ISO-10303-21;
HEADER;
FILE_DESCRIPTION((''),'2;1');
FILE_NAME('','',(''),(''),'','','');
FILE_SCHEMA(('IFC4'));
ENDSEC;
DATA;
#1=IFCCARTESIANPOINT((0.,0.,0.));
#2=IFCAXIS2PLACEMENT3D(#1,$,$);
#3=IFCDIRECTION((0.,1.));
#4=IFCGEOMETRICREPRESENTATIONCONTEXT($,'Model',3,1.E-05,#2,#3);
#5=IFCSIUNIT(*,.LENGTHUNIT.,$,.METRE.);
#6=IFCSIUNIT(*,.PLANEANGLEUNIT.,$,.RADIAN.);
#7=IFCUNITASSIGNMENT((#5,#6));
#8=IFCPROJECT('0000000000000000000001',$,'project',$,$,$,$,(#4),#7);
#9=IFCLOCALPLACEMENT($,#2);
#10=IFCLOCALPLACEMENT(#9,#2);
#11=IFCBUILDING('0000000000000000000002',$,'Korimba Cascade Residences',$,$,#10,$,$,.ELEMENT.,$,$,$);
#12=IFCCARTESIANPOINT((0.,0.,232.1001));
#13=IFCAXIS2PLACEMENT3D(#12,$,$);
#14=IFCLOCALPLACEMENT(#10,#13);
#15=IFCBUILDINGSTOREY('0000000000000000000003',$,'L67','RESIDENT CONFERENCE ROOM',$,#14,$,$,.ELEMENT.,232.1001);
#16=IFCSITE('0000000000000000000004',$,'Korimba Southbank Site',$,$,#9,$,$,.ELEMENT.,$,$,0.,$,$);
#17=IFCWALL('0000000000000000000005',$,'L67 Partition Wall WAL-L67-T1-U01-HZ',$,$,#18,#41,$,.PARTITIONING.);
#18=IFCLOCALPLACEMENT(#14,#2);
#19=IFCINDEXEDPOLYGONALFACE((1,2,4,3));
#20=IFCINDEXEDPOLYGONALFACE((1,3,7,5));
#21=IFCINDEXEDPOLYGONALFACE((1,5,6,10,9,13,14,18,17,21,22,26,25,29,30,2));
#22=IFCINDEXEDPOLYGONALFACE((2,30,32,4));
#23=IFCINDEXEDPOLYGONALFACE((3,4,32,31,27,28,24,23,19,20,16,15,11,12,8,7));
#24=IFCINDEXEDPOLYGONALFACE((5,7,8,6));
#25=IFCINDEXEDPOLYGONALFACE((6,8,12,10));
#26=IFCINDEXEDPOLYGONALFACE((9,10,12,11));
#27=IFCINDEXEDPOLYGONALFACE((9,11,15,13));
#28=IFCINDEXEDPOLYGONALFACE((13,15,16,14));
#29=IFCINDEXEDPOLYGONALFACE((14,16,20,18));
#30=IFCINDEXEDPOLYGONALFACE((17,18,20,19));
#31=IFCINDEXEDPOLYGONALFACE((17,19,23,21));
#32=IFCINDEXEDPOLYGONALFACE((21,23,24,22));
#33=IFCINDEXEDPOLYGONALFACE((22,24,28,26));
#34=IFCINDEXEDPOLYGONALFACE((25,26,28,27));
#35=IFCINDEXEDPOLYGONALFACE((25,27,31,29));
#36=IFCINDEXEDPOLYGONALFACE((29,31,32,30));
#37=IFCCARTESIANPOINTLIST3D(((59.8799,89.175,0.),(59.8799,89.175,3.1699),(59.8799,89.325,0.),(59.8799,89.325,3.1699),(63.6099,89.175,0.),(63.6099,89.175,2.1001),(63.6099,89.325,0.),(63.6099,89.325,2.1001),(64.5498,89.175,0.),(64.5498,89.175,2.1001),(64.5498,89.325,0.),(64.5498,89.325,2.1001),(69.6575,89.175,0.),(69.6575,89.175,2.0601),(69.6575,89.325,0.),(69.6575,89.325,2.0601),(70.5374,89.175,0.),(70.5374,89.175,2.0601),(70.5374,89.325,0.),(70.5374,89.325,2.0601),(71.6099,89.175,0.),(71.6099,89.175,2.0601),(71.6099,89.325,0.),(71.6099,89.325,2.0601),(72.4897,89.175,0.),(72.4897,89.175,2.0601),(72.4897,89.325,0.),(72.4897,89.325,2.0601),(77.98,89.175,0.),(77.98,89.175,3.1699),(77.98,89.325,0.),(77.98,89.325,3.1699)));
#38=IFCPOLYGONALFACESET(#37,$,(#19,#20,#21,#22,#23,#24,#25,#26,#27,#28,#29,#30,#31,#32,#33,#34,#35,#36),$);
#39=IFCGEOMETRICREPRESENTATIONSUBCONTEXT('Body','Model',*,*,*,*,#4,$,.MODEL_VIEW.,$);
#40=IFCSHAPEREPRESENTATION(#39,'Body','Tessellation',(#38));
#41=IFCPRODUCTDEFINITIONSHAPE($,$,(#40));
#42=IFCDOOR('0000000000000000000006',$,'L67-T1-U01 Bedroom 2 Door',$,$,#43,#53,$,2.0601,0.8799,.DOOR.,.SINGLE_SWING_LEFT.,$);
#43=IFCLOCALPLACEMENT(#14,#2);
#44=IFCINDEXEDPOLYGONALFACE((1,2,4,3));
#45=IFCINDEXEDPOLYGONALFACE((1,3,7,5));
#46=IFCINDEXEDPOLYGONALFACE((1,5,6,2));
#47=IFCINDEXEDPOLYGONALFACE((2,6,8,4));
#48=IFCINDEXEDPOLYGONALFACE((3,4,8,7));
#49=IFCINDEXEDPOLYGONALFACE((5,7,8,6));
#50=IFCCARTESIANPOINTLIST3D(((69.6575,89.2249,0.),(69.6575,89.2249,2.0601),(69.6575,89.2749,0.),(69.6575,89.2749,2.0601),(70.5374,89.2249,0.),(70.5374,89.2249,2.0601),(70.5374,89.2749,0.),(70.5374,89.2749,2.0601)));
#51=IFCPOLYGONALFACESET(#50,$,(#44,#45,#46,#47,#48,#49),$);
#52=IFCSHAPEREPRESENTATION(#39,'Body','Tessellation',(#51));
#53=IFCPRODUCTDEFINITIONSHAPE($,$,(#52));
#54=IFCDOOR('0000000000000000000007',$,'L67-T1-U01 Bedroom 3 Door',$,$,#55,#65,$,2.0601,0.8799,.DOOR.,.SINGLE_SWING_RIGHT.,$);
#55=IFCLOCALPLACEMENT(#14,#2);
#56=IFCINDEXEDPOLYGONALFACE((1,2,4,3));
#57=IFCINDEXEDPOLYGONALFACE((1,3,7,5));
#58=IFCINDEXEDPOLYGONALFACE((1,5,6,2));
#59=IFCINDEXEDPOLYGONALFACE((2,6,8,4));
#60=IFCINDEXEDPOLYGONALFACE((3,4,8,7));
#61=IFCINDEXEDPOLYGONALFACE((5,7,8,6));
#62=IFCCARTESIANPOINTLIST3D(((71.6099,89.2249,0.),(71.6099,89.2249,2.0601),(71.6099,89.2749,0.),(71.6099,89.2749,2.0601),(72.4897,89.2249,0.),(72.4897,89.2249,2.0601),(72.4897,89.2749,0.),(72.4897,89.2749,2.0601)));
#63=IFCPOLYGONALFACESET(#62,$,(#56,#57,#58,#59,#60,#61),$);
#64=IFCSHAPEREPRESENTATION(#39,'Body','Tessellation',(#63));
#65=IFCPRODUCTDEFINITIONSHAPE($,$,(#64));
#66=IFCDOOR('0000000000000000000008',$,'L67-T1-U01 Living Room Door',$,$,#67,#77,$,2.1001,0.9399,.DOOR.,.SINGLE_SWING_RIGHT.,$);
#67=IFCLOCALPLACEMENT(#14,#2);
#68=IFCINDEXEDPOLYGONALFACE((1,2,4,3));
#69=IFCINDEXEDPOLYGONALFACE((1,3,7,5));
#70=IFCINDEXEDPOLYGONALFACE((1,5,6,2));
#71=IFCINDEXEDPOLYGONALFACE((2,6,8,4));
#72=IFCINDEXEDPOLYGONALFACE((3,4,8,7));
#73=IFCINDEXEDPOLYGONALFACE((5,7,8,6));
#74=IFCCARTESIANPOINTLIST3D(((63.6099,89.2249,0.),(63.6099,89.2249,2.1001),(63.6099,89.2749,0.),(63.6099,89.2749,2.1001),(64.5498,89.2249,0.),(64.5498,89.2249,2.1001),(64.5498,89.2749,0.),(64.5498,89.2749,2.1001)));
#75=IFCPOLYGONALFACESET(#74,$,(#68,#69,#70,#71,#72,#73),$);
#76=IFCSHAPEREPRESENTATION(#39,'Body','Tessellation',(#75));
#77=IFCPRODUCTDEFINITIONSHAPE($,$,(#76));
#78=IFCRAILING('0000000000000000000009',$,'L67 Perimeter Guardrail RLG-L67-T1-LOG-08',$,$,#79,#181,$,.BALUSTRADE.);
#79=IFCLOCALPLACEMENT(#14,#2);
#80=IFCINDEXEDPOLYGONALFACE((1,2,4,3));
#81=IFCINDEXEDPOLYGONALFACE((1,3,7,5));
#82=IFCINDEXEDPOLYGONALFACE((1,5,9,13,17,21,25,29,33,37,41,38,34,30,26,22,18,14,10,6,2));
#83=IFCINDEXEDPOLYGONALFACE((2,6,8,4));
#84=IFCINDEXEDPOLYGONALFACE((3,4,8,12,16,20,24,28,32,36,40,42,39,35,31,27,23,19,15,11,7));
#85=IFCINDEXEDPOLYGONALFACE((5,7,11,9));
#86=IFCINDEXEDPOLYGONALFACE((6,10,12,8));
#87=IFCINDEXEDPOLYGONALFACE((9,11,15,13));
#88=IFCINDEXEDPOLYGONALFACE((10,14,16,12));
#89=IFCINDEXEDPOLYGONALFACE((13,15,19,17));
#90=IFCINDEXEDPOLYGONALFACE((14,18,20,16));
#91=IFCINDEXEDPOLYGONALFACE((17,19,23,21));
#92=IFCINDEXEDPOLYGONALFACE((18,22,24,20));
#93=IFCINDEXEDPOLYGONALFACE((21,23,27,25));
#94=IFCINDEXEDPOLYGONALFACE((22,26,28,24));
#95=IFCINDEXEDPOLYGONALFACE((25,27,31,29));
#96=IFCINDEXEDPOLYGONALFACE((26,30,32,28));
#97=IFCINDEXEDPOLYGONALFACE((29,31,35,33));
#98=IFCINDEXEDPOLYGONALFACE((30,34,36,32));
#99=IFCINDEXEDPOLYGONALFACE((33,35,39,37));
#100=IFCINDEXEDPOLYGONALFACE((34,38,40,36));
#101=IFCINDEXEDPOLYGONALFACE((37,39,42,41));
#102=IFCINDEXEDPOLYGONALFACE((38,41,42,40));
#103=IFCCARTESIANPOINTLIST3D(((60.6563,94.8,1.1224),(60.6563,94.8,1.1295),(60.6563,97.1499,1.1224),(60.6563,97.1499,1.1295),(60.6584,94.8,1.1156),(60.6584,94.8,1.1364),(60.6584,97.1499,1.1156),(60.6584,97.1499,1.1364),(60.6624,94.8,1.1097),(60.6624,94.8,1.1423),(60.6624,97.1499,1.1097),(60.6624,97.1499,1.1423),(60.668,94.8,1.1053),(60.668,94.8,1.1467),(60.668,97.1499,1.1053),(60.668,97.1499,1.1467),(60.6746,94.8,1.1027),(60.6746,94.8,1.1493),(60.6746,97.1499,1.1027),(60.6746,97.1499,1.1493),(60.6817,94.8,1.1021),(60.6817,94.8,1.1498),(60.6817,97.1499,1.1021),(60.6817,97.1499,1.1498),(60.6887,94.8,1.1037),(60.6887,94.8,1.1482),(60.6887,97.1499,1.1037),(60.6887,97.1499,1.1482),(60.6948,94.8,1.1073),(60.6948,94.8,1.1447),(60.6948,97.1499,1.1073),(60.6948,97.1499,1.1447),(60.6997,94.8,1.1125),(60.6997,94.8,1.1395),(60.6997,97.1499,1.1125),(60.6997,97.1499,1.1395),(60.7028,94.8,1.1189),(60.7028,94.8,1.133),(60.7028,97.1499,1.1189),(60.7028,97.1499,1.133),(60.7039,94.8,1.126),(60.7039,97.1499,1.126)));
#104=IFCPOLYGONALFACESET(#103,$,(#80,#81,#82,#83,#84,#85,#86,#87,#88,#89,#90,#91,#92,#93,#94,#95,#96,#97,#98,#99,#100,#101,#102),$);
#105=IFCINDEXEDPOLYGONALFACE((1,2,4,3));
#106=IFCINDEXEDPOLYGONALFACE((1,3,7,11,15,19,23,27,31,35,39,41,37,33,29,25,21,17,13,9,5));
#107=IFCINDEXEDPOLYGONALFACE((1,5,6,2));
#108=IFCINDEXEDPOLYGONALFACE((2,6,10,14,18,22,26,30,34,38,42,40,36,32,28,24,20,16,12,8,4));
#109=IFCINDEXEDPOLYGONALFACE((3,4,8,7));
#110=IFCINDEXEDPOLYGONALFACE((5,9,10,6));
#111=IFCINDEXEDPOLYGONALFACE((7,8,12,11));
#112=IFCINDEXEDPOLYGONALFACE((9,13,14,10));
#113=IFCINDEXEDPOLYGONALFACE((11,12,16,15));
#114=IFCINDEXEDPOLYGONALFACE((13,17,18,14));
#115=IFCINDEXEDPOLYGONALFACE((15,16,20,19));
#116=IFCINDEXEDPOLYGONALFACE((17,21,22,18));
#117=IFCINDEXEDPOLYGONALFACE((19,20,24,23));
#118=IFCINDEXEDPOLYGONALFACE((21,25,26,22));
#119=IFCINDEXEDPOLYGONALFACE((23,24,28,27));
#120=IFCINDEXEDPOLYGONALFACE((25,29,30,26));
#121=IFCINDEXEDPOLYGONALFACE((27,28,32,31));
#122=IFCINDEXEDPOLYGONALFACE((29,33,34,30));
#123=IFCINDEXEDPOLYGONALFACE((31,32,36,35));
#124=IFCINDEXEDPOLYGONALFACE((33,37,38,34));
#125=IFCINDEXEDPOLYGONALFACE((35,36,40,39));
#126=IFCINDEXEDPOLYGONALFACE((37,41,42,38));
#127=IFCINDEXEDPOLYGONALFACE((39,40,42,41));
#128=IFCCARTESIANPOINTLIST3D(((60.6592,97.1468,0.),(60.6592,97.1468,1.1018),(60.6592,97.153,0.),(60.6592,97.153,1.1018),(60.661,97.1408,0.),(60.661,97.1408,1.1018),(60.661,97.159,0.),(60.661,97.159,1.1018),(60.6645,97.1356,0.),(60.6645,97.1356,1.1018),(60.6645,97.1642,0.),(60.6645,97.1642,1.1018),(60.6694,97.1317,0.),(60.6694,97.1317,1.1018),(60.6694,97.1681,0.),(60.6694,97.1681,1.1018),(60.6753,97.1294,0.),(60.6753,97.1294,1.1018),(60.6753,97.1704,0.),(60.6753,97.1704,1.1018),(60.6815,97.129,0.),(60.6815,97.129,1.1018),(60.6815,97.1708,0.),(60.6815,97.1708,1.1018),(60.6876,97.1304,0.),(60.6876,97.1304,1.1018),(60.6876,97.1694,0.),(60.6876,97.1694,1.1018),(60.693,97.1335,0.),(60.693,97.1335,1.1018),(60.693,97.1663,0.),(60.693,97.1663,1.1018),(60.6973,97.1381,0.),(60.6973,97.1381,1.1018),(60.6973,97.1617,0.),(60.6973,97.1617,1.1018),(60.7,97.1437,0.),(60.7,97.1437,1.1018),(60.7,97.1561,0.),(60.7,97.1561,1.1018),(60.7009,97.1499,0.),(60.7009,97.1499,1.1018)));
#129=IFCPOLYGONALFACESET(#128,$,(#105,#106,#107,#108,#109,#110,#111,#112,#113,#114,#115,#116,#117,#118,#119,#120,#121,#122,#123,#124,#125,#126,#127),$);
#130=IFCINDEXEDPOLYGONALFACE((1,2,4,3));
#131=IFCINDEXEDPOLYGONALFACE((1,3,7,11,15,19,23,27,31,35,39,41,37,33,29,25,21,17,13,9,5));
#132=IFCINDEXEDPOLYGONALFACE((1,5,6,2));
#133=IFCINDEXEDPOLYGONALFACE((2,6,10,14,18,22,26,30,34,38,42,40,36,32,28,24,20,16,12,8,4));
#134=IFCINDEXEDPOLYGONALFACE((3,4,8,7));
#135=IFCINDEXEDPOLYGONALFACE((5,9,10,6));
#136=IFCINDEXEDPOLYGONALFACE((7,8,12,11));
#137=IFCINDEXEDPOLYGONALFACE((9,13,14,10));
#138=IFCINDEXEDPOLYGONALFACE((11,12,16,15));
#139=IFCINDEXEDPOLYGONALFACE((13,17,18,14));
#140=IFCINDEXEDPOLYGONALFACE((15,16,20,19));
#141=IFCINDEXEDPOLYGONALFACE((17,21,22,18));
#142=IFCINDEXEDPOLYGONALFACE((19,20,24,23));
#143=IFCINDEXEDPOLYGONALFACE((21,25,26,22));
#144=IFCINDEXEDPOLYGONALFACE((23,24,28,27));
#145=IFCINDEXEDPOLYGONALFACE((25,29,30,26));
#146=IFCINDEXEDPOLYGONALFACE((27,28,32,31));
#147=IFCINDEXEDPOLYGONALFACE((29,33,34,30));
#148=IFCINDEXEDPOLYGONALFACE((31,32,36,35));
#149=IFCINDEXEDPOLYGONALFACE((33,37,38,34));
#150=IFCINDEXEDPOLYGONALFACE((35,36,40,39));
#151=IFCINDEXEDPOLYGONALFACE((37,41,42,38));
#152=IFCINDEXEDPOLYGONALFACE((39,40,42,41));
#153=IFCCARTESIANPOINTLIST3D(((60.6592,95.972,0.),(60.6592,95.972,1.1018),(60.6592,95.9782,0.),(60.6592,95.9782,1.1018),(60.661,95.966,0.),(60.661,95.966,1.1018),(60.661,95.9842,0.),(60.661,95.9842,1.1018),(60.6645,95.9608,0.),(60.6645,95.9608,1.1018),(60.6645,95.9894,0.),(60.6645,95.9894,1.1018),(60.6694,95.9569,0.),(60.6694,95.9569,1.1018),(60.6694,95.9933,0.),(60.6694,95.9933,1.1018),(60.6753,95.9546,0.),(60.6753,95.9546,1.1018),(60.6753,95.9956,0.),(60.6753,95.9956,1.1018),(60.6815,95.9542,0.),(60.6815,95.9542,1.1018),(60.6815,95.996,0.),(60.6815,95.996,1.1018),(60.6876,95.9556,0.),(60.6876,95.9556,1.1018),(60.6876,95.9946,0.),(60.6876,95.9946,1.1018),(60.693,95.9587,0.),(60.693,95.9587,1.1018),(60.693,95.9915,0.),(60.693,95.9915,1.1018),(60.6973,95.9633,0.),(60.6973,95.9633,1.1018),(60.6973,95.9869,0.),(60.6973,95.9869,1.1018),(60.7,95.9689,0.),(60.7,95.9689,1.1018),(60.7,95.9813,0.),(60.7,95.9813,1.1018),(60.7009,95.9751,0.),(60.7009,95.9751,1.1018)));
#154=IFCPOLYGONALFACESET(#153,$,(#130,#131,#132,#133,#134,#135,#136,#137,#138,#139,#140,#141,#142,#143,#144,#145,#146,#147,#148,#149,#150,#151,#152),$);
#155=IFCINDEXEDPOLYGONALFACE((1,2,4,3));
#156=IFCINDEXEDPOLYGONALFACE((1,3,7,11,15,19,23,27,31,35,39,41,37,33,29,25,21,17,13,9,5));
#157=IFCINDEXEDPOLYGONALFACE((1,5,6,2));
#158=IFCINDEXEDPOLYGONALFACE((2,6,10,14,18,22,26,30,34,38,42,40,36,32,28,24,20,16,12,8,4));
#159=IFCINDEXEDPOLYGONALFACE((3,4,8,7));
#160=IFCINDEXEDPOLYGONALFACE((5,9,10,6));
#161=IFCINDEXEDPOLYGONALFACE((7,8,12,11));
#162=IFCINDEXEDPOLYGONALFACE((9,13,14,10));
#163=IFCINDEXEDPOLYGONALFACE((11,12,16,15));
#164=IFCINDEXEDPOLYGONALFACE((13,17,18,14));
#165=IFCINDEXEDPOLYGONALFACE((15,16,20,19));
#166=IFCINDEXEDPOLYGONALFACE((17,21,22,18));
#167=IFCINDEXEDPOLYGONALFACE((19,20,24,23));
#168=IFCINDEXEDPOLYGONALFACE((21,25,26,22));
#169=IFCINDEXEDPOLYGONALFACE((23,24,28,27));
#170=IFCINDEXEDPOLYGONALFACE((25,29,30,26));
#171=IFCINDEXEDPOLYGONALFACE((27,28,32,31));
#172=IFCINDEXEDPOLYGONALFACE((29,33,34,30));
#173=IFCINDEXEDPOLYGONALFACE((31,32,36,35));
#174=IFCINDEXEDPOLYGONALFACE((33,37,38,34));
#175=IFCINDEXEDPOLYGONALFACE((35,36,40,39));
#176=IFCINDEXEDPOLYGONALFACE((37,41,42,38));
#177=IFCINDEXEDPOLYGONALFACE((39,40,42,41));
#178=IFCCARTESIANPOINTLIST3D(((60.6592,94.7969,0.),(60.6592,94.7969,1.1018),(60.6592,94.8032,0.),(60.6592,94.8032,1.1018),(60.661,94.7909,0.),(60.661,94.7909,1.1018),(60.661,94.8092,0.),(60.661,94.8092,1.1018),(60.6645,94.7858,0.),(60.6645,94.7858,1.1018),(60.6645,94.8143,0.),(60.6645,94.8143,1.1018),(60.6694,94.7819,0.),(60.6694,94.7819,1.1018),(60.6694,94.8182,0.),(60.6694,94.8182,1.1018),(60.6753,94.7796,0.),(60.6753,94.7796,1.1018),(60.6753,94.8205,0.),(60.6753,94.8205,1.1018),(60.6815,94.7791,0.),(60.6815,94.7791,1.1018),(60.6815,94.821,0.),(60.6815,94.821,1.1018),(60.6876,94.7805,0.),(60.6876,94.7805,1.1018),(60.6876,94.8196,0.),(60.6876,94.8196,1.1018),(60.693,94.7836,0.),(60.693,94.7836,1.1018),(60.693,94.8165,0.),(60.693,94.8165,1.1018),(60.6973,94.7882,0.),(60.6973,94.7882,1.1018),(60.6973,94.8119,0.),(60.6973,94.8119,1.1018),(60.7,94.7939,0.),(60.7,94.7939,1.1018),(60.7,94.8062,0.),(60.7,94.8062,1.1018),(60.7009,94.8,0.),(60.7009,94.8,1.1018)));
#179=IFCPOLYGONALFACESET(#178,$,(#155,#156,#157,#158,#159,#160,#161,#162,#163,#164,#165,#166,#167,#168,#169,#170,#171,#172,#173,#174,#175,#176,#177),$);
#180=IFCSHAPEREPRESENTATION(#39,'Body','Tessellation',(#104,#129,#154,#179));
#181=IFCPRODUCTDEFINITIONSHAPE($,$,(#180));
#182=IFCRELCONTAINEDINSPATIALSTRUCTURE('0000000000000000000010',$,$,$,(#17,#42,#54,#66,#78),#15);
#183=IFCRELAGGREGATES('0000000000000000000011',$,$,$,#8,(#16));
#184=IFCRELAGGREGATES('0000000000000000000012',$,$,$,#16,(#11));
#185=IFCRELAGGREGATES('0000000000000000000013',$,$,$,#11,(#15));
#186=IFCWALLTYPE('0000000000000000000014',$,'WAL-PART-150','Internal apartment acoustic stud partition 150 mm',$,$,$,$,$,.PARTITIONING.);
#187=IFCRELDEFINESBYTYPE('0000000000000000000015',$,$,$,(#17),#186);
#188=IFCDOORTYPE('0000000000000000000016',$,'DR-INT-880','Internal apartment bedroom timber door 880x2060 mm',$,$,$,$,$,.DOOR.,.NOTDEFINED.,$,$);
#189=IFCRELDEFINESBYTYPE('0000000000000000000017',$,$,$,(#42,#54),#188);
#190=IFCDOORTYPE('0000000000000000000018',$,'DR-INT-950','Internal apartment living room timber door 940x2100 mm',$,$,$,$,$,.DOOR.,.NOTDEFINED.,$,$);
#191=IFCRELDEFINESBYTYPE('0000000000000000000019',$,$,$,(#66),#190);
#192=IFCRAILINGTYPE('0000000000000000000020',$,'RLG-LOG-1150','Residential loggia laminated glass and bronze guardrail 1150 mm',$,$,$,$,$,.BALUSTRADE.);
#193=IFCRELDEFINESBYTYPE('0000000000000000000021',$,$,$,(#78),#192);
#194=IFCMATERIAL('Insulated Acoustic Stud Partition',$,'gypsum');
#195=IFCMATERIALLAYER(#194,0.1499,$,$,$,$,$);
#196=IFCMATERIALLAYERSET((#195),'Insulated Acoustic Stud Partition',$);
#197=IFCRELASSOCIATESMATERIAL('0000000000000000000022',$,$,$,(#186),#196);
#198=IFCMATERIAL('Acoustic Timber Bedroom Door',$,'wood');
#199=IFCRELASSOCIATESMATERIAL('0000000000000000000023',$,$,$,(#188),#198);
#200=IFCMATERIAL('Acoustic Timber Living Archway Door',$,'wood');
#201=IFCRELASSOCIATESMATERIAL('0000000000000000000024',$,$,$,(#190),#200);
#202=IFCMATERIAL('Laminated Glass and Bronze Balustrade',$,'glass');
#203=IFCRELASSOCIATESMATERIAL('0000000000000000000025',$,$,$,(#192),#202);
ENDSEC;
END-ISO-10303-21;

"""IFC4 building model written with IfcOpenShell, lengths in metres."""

from ifc_helpers import new_model, si_unit, direction, frame, frame_2d, origin, origin_2d, place, context, subcontext, project, spatial, rectangle, circle, extrude, material, layer, layer_set, type_object, element, fill, save


model = new_model("IFC4")

# Units and contexts
model_context = context("Model", 3, precision=1e-05, world=origin(), true_north=direction((0.0, 1.0)))
body_context = subcontext(model_context, "Body", "Model", "MODEL_VIEW")
ifc_project = project(units=[si_unit("LENGTHUNIT", "METRE"), si_unit("PLANEANGLEUNIT", "RADIAN")], contexts=[model_context])

# Site, building, storey
site_placement = place(None, origin())
site = spatial("IfcSite", under=ifc_project, at=site_placement, Name="Korimba Southbank Site", CompositionType="ELEMENT", RefElevation=0.0)
building_placement = place(site_placement, origin())
building = spatial("IfcBuilding", under=site, at=building_placement, Name="Korimba Cascade Residences", CompositionType="ELEMENT")
storey_placement = place(building_placement, frame((0.0, 0.0, 232.1001)))
storey = spatial("IfcBuildingStorey", under=building, at=storey_placement, Name="L67", Description="RESIDENT CONFERENCE ROOM", CompositionType="ELEMENT", Elevation=232.1001)

# Shared definitions
ifc_material_1 = material(Name="Insulated Acoustic Stud Partition", Category="gypsum")
ifc_layer_1 = layer(ifc_material_1, 0.1499)
ifc_layer_set_1 = layer_set([ifc_layer_1], Name="Insulated Acoustic Stud Partition")
wall_type_1 = type_object("IfcWallType", Name="WAL-PART-150", Description="Internal apartment acoustic stud partition 150 mm", PredefinedType="PARTITIONING", material=ifc_layer_set_1)

# Wall, openings, doors
wall_1_placement = place(storey_placement, frame((59.8799, 89.25, 0.0), z_axis=(0.0, 0.0, 1.0), x_axis=(1.0, 0.0, 0.0)))
wall_1 = element("IfcWall", 1, at=wall_1_placement, inside=storey, type_object=wall_type_1, Name="L67 Partition Wall WAL-L67-T1-U01-HZ", PredefinedType="PARTITIONING", context=body_context, shape_type="SweptSolid", body=[
    extrude(rectangle(XDim=18.1001, YDim=0.1499, at=frame_2d((9.05, 0.0))), origin(), (0.0, 0.0, 1.0), 3.1699),
])
opening_1_placement = place(wall_1_placement, frame((3.73, 0.0, 0.0)))
opening_1 = element("IfcOpeningElement", 2, at=opening_1_placement, cuts=wall_1, PredefinedType="OPENING", context=body_context, shape_type="SweptSolid", body=[
    extrude(rectangle(XDim=0.9399, YDim=2.1001, at=frame_2d((0.47, 1.05))), frame((0.0, 0.085, 0.0), z_axis=(0.0, -1.0, 0.0), x_axis=(1.0, 0.0, 0.0)), (0.0, 0.0, 1.0), 0.1699),
])
opening_2_placement = place(wall_1_placement, frame((9.7776, 0.0, 0.0)))
opening_2 = element("IfcOpeningElement", 3, at=opening_2_placement, cuts=wall_1, PredefinedType="OPENING", context=body_context, shape_type="SweptSolid", body=[
    extrude(rectangle(XDim=0.8799, YDim=2.0601, at=frame_2d((0.4399, 1.03))), frame((0.0, 0.085, 0.0), z_axis=(0.0, -1.0, 0.0), x_axis=(1.0, 0.0, 0.0)), (0.0, 0.0, 1.0), 0.1699),
])
opening_3_placement = place(wall_1_placement, frame((11.73, 0.0, 0.0)))
opening_3 = element("IfcOpeningElement", 4, at=opening_3_placement, cuts=wall_1, PredefinedType="OPENING", context=body_context, shape_type="SweptSolid", body=[
    extrude(rectangle(XDim=0.8799, YDim=2.0601, at=frame_2d((0.4399, 1.03))), frame((0.0, 0.085, 0.0), z_axis=(0.0, -1.0, 0.0), x_axis=(1.0, 0.0, 0.0)), (0.0, 0.0, 1.0), 0.1699),
])
ifc_material_2 = material(Name="Acoustic Timber Bedroom Door", Category="wood")
door_type_1 = type_object("IfcDoorType", Name="DR-INT-880", Description="Internal apartment bedroom timber door 880x2060 mm", OperationType="NOTDEFINED", PredefinedType="DOOR", material=ifc_material_2)
door_1_placement = place(opening_2_placement, origin())
door_1 = element("IfcDoor", 5, at=door_1_placement, inside=storey, type_object=door_type_1, Name="L67-T1-U01 Bedroom 2 Door", OperationType="SINGLE_SWING_LEFT", OverallHeight=2.0601, OverallWidth=0.8799, PredefinedType="DOOR", context=body_context, shape_type="SweptSolid", body=[
    extrude(rectangle(XDim=0.8799, YDim=2.0601, at=frame_2d((0.4399, 1.03))), frame((0.0, 0.0249, 0.0), z_axis=(0.0, -1.0, 0.0), x_axis=(1.0, 0.0, 0.0)), (0.0, 0.0, 1.0), 0.05),
])
fill(opening_2, door_1)
door_2_placement = place(opening_3_placement, origin())
door_2 = element("IfcDoor", 6, at=door_2_placement, inside=storey, type_object=door_type_1, Name="L67-T1-U01 Bedroom 3 Door", OperationType="SINGLE_SWING_RIGHT", OverallHeight=2.0601, OverallWidth=0.8799, PredefinedType="DOOR", context=body_context, shape_type="SweptSolid", body=[
    extrude(rectangle(XDim=0.8799, YDim=2.0601, at=frame_2d((0.4399, 1.03))), frame((0.0, 0.0249, 0.0), z_axis=(0.0, -1.0, 0.0), x_axis=(1.0, 0.0, 0.0)), (0.0, 0.0, 1.0), 0.05),
])
fill(opening_3, door_2)
ifc_material_3 = material(Name="Acoustic Timber Living Archway Door", Category="wood")
door_type_2 = type_object("IfcDoorType", Name="DR-INT-950", Description="Internal apartment living room timber door 940x2100 mm", OperationType="NOTDEFINED", PredefinedType="DOOR", material=ifc_material_3)
door_3_placement = place(opening_1_placement, origin())
door_3 = element("IfcDoor", 7, at=door_3_placement, inside=storey, type_object=door_type_2, Name="L67-T1-U01 Living Room Door", OperationType="SINGLE_SWING_RIGHT", OverallHeight=2.1001, OverallWidth=0.9399, PredefinedType="DOOR", context=body_context, shape_type="SweptSolid", body=[
    extrude(rectangle(XDim=0.9399, YDim=2.1001, at=frame_2d((0.47, 1.05))), frame((0.0, 0.0249, 0.0), z_axis=(0.0, -1.0, 0.0), x_axis=(1.0, 0.0, 0.0)), (0.0, 0.0, 1.0), 0.05),
])
fill(opening_1, door_3)

# Railing
ifc_material_4 = material(Name="Laminated Glass and Bronze Balustrade", Category="glass")
railing_type = type_object("IfcRailingType", Name="RLG-LOG-1150", Description="Residential loggia laminated glass and bronze guardrail 1150 mm", PredefinedType="BALUSTRADE", material=ifc_material_4)
railing_placement = place(storey_placement, frame((60.6799, 97.1499, 0.0)))
element("IfcRailing", 8, at=railing_placement, inside=storey, type_object=railing_type, Name="L67 Perimeter Guardrail RLG-L67-T1-LOG-08", PredefinedType="BALUSTRADE", context=body_context, shape_type="SweptSolid", body=[
    extrude(circle(Radius=0.0239, at=origin_2d()), frame((0.0, 0.0, 1.126), z_axis=(0.0, -1.0, 0.0), x_axis=(1.0, 0.0, 0.0)), (0.0, 0.0, 1.0), 2.3499),
    extrude(circle(Radius=0.021, at=origin_2d()), origin(), (0.0, 0.0, 1.0), 1.1018),
    extrude(circle(Radius=0.021, at=origin_2d()), frame((0.0, -1.1748, 0.0)), (0.0, 0.0, 1.0), 1.1018),
    extrude(circle(Radius=0.021, at=origin_2d()), frame((0.0, -2.3499, 0.0)), (0.0, 0.0, 1.0), 1.1018),
])

save(model, "model.ifc")
